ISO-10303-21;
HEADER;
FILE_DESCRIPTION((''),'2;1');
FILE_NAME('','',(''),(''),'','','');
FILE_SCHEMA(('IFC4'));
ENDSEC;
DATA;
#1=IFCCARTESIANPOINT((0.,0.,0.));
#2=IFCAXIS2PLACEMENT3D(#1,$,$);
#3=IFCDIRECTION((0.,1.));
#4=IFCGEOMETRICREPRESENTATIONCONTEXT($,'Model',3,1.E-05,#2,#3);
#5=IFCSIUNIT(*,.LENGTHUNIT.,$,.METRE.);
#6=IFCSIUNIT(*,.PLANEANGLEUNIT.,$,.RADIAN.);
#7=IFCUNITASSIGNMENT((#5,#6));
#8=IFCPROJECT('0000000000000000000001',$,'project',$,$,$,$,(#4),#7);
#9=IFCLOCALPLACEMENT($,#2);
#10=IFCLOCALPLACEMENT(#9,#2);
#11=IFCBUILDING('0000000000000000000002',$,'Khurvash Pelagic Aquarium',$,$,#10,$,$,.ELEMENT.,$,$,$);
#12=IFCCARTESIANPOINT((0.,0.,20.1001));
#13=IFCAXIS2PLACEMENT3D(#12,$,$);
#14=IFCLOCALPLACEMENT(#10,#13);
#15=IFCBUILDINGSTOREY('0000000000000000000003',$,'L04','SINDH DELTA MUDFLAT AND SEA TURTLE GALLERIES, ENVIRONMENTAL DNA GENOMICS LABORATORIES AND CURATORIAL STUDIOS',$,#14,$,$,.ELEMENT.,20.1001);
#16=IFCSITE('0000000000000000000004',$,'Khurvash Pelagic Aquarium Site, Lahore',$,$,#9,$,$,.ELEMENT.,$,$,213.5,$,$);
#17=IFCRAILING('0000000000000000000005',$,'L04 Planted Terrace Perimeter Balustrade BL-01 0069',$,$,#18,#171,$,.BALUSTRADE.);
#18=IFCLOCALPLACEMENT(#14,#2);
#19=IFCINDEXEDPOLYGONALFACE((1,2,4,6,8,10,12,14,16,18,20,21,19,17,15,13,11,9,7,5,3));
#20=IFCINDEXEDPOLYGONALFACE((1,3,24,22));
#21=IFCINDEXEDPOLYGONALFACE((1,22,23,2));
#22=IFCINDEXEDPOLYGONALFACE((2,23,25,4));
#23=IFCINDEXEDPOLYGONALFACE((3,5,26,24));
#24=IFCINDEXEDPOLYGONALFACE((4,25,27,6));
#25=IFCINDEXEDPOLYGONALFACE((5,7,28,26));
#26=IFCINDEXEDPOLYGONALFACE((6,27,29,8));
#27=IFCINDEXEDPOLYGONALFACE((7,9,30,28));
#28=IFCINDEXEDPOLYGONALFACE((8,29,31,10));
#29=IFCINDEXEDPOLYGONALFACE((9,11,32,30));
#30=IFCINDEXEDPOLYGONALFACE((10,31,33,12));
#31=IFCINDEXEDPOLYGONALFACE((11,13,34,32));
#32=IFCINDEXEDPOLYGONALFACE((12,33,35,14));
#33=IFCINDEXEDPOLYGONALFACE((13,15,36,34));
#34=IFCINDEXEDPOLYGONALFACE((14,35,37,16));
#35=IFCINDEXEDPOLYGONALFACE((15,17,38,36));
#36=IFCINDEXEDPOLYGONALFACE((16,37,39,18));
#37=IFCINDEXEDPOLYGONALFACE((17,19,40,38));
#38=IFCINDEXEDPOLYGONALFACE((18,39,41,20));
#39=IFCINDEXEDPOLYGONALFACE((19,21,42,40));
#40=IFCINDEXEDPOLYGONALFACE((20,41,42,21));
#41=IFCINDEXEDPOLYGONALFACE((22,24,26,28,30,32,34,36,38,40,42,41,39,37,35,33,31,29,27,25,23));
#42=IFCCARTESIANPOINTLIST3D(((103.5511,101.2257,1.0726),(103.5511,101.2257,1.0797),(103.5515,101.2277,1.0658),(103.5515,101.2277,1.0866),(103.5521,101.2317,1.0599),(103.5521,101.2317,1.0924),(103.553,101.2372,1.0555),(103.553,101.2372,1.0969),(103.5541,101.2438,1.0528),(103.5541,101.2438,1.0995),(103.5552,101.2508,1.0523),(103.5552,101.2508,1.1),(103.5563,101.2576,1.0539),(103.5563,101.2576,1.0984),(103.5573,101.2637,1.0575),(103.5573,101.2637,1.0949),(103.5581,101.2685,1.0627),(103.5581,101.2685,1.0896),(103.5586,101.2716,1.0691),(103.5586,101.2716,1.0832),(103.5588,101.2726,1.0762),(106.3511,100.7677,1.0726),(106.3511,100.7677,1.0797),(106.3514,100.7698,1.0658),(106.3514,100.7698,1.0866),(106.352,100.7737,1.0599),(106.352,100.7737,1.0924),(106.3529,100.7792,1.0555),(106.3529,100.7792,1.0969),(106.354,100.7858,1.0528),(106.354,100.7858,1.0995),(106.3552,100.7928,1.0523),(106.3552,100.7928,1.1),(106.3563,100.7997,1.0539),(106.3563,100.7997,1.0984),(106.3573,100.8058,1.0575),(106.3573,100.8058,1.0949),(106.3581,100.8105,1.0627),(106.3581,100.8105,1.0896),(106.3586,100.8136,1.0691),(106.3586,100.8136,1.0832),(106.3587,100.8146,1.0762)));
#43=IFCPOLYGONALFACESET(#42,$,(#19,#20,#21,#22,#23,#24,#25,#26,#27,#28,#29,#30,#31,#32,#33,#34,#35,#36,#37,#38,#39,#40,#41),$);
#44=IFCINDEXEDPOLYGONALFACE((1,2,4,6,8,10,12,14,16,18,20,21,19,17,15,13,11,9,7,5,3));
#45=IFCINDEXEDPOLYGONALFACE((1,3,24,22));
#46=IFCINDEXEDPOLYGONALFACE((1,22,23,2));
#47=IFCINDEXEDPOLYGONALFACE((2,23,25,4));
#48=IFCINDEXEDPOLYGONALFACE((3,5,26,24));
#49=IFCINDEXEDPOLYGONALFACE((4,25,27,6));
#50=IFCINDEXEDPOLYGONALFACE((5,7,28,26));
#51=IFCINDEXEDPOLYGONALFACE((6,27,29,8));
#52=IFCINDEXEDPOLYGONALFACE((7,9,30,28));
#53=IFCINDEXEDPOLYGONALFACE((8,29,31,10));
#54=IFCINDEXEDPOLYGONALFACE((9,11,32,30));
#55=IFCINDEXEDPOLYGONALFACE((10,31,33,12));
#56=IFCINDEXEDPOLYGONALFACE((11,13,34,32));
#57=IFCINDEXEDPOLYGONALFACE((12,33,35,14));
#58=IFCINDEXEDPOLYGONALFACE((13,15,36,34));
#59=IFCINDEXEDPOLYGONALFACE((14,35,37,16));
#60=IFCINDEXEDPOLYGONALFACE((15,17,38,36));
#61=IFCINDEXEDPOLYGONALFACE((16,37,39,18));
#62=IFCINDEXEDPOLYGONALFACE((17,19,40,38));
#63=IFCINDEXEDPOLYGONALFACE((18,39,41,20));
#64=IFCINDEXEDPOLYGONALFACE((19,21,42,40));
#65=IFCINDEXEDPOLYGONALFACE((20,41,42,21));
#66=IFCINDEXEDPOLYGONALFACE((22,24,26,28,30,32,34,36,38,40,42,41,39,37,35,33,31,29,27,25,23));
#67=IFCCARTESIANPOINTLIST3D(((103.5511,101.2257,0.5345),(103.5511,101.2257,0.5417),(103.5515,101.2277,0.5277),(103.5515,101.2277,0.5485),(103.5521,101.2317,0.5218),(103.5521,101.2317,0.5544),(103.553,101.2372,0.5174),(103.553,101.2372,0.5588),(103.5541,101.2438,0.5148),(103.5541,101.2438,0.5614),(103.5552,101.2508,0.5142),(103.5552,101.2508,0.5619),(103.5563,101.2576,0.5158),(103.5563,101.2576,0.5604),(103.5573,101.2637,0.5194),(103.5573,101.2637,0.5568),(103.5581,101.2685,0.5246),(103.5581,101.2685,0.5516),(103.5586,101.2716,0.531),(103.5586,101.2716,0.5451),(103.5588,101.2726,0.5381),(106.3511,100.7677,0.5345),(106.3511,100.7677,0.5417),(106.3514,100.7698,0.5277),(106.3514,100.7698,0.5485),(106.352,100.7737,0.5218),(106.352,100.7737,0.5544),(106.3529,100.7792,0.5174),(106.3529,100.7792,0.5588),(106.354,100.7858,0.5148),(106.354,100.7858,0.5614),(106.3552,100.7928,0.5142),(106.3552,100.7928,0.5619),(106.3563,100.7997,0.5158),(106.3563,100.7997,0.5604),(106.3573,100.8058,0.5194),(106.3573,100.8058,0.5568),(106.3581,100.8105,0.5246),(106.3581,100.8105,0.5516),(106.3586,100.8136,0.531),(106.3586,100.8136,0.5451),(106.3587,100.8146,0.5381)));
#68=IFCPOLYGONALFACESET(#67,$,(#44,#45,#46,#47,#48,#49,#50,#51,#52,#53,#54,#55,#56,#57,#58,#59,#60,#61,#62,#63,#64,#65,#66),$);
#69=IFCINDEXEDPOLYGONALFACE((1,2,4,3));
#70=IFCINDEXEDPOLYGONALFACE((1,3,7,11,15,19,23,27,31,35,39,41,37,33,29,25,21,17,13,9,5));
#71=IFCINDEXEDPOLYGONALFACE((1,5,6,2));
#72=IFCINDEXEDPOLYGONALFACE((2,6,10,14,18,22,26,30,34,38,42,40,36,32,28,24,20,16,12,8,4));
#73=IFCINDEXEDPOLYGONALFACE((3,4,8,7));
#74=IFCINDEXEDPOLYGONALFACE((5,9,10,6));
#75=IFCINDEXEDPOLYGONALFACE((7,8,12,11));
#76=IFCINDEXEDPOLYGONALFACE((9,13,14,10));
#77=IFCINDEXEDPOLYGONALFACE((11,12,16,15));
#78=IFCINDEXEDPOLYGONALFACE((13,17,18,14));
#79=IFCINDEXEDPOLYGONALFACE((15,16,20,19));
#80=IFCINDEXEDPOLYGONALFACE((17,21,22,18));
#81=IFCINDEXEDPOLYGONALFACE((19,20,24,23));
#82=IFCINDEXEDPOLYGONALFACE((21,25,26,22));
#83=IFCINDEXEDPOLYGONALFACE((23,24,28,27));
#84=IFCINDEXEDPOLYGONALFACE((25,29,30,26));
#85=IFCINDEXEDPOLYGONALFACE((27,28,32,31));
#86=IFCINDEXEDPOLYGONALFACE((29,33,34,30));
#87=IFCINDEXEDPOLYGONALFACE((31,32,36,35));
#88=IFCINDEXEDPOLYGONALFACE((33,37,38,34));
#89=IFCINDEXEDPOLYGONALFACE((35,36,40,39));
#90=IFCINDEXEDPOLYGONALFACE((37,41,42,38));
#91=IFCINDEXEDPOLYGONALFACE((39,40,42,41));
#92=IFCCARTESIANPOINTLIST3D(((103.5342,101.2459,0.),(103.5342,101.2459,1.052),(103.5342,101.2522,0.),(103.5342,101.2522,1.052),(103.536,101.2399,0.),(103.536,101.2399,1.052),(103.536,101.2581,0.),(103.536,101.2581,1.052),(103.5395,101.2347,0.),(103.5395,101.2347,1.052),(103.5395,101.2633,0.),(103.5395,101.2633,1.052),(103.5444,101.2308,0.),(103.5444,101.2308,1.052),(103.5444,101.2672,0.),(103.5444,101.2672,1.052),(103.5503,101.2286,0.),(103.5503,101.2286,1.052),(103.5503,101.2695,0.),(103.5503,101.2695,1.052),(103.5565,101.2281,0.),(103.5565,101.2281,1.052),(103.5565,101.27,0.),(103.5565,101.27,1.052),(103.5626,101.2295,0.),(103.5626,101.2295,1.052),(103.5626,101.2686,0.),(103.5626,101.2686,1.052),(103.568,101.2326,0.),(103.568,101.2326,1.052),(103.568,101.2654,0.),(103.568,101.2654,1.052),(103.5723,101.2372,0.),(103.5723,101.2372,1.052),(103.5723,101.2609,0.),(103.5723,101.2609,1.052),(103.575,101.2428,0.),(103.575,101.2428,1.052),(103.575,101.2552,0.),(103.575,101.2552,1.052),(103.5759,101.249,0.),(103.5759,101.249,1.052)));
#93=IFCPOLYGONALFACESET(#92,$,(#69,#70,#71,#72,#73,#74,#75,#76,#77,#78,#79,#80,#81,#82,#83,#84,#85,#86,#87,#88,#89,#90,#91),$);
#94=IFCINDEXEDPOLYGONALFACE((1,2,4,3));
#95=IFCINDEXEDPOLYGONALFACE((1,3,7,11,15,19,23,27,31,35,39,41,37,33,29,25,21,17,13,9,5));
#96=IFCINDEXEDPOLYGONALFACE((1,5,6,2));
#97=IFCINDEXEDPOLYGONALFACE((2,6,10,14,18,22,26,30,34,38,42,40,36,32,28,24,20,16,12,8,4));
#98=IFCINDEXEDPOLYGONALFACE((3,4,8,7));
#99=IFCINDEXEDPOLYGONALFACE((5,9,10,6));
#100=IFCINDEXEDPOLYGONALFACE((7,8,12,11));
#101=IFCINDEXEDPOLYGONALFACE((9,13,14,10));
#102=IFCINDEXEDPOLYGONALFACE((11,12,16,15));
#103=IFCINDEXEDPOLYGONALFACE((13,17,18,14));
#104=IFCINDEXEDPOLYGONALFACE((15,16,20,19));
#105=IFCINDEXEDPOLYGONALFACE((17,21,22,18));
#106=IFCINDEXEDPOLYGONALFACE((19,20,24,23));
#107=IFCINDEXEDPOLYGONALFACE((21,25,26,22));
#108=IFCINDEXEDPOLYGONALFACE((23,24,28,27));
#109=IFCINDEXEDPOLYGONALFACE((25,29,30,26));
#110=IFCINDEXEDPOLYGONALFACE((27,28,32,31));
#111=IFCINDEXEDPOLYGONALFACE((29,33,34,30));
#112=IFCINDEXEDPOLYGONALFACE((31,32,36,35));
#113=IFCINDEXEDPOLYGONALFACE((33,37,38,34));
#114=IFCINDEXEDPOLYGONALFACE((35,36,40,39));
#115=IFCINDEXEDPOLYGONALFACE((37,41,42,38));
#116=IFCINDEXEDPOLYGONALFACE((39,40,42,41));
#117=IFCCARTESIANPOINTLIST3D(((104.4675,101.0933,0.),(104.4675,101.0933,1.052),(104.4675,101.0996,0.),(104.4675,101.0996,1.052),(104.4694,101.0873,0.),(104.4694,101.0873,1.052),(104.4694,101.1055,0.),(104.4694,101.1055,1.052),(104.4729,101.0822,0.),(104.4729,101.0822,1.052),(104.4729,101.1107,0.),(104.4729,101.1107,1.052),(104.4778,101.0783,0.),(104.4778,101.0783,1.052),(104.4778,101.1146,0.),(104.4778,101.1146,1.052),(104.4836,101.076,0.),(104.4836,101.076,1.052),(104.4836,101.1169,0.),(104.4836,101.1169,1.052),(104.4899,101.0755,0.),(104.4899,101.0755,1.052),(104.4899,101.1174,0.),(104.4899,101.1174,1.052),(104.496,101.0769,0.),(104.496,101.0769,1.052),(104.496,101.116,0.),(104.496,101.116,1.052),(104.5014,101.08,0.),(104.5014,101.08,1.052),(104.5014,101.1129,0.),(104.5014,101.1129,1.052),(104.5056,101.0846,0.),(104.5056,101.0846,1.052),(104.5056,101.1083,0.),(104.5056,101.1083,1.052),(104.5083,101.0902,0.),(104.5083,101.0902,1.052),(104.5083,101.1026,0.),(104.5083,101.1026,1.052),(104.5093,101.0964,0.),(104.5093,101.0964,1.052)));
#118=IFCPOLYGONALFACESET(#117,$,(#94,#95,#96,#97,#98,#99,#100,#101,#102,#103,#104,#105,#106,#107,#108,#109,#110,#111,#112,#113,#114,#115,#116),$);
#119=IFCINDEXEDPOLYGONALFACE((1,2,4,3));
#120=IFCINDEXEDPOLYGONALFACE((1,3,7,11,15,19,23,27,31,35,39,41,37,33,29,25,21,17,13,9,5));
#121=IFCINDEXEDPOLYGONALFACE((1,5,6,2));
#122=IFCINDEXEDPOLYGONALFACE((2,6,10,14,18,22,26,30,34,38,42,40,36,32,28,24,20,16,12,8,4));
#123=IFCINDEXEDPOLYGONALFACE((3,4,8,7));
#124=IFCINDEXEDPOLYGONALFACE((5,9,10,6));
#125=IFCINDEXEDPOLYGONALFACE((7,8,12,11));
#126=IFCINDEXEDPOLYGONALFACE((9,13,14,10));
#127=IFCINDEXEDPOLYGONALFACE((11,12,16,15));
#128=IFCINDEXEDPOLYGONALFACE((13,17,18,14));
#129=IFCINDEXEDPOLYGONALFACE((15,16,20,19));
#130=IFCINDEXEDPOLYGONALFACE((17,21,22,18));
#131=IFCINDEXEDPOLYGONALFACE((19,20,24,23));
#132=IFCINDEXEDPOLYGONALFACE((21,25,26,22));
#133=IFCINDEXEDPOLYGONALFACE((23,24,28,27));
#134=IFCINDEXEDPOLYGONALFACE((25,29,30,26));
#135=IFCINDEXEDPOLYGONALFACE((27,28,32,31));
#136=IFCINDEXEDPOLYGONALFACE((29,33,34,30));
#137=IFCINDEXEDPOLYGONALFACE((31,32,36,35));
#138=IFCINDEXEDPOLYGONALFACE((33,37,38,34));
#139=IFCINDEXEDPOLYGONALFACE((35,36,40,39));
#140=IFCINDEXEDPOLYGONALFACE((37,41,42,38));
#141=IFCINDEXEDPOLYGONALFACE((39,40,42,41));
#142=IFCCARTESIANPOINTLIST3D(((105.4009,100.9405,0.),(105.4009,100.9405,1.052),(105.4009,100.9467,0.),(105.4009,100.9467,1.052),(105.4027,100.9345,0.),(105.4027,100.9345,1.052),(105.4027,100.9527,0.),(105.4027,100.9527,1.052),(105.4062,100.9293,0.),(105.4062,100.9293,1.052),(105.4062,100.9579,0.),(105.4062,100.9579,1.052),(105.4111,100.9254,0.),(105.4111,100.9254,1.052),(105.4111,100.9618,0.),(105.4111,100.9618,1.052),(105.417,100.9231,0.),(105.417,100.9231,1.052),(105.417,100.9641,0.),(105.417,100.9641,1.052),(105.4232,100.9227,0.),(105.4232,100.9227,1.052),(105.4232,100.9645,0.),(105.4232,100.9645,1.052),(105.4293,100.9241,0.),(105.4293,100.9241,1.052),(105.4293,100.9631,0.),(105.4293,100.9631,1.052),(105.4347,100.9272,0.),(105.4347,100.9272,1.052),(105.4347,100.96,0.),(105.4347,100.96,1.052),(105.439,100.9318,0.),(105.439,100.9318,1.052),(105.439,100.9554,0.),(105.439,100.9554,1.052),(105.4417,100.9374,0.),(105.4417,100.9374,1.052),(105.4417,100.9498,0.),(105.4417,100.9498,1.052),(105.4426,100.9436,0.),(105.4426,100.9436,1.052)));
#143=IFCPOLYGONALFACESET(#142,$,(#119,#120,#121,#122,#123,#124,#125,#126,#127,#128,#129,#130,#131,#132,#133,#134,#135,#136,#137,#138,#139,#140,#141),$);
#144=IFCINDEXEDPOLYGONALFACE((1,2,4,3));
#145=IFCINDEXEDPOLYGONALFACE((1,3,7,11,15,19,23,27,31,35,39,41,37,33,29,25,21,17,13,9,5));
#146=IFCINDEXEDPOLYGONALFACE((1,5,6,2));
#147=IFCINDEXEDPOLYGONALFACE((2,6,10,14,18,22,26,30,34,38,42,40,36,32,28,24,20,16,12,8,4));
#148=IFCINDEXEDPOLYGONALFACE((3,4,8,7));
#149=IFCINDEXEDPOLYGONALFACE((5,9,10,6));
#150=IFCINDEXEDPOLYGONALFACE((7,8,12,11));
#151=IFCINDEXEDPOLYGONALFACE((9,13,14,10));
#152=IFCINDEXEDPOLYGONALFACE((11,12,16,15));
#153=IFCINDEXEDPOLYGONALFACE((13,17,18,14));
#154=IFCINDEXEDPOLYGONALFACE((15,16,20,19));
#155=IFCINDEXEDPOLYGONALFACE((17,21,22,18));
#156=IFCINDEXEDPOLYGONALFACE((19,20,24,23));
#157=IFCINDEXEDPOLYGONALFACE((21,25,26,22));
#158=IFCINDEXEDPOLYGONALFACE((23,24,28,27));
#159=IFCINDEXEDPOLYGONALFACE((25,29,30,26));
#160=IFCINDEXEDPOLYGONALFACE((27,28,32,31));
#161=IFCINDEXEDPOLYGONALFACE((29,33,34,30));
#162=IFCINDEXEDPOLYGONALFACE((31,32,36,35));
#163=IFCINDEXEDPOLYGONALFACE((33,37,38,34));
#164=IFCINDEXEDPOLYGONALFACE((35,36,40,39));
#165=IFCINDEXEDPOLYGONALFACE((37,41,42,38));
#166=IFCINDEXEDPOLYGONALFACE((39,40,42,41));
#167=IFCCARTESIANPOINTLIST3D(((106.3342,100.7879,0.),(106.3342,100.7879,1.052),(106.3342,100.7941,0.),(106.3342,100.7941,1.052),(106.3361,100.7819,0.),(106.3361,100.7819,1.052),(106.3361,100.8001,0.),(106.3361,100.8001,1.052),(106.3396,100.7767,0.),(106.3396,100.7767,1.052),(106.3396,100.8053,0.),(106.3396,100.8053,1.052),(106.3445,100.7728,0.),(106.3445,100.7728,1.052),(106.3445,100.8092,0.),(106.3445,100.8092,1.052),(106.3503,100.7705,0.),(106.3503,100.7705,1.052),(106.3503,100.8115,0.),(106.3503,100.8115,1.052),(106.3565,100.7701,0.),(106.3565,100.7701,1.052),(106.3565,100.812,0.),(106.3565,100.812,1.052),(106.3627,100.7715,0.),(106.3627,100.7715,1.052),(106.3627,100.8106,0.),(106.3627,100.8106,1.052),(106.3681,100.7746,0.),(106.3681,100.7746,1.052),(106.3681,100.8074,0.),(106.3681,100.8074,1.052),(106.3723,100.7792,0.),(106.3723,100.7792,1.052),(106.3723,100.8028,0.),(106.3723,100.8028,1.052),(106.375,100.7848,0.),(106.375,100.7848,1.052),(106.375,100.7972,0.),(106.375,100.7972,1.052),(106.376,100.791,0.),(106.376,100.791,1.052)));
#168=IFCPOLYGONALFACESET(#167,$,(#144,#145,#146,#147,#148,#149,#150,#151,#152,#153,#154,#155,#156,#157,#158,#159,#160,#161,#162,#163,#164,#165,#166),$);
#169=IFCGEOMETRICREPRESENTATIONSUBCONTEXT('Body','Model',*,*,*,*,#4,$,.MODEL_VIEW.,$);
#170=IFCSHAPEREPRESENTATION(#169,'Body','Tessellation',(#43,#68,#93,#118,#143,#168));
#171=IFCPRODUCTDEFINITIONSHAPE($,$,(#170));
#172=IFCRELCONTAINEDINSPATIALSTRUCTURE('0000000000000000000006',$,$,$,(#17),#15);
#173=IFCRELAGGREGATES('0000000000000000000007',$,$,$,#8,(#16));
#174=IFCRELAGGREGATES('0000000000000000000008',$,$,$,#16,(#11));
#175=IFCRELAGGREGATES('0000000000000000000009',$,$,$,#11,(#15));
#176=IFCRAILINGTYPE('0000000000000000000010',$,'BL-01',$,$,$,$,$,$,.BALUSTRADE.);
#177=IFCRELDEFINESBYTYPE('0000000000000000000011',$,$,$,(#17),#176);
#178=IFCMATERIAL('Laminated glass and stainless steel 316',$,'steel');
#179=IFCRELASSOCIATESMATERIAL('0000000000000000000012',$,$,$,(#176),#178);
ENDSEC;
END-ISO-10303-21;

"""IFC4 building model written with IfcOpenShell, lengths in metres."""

from ifc_helpers import new_model, si_unit, direction, frame, origin, origin_2d, place, context, subcontext, project, spatial, circle, extrude, material, type_object, element, save


model = new_model("IFC4")

# Units and contexts
model_context = context("Model", 3, precision=1e-05, world=origin(), true_north=direction((0.0, 1.0)))
body_context = subcontext(model_context, "Body", "Model", "MODEL_VIEW")
ifc_project = project(units=[si_unit("LENGTHUNIT", "METRE"), si_unit("PLANEANGLEUNIT", "RADIAN")], contexts=[model_context])

# Site, building, storey
site_placement = place(None, origin())
site = spatial("IfcSite", under=ifc_project, at=site_placement, Name="Khurvash Pelagic Aquarium Site, Lahore", CompositionType="ELEMENT", RefElevation=213.5)
building_placement = place(site_placement, origin())
building = spatial("IfcBuilding", under=site, at=building_placement, Name="Khurvash Pelagic Aquarium", CompositionType="ELEMENT")
storey_placement = place(building_placement, frame((0.0, 0.0, 20.1001)))
storey = spatial("IfcBuildingStorey", under=building, at=storey_placement, Name="L04", Description="SINDH DELTA MUDFLAT AND SEA TURTLE GALLERIES, ENVIRONMENTAL DNA GENOMICS LABORATORIES AND CURATORIAL STUDIOS", CompositionType="ELEMENT", Elevation=20.1001)

# Railing
ifc_material_1 = material(Name="Laminated glass and stainless steel 316", Category="steel")
railing_type = type_object("IfcRailingType", Name="BL-01", PredefinedType="BALUSTRADE", material=ifc_material_1)
railing_1_placement = place(storey_placement, frame((103.5549, 101.249, 0.0)))
element("IfcRailing", 1, at=railing_1_placement, inside=storey, type_object=railing_type, Name="L04 Planted Terrace Perimeter Balustrade BL-01 0069", PredefinedType="BALUSTRADE", context=body_context, shape_type="SweptSolid", body=[
    extrude(circle(Radius=0.0239, at=origin_2d()), frame((0.0, 0.0, 1.0762), z_axis=(0.986885, -0.161426, 0.0), x_axis=(0.161426, 0.986885, 0.0)), (0.0, 0.0, 1.0), 2.8372),
    extrude(circle(Radius=0.0239, at=origin_2d()), frame((0.0, 0.0, 0.5381), z_axis=(0.986885, -0.161426, 0.0), x_axis=(0.161426, 0.986885, 0.0)), (0.0, 0.0, 1.0), 2.8372),
    extrude(circle(Radius=0.021, at=origin_2d()), origin(), (0.0, 0.0, 1.0), 1.052),
    extrude(circle(Radius=0.021, at=origin_2d()), frame((0.9333, -0.1526, 0.0)), (0.0, 0.0, 1.0), 1.052),
    extrude(circle(Radius=0.021, at=origin_2d()), frame((1.8667, -0.3054, 0.0)), (0.0, 0.0, 1.0), 1.052),
    extrude(circle(Radius=0.021, at=origin_2d()), frame((2.8, -0.458, 0.0)), (0.0, 0.0, 1.0), 1.052),
])

save(model, "model.ifc")
